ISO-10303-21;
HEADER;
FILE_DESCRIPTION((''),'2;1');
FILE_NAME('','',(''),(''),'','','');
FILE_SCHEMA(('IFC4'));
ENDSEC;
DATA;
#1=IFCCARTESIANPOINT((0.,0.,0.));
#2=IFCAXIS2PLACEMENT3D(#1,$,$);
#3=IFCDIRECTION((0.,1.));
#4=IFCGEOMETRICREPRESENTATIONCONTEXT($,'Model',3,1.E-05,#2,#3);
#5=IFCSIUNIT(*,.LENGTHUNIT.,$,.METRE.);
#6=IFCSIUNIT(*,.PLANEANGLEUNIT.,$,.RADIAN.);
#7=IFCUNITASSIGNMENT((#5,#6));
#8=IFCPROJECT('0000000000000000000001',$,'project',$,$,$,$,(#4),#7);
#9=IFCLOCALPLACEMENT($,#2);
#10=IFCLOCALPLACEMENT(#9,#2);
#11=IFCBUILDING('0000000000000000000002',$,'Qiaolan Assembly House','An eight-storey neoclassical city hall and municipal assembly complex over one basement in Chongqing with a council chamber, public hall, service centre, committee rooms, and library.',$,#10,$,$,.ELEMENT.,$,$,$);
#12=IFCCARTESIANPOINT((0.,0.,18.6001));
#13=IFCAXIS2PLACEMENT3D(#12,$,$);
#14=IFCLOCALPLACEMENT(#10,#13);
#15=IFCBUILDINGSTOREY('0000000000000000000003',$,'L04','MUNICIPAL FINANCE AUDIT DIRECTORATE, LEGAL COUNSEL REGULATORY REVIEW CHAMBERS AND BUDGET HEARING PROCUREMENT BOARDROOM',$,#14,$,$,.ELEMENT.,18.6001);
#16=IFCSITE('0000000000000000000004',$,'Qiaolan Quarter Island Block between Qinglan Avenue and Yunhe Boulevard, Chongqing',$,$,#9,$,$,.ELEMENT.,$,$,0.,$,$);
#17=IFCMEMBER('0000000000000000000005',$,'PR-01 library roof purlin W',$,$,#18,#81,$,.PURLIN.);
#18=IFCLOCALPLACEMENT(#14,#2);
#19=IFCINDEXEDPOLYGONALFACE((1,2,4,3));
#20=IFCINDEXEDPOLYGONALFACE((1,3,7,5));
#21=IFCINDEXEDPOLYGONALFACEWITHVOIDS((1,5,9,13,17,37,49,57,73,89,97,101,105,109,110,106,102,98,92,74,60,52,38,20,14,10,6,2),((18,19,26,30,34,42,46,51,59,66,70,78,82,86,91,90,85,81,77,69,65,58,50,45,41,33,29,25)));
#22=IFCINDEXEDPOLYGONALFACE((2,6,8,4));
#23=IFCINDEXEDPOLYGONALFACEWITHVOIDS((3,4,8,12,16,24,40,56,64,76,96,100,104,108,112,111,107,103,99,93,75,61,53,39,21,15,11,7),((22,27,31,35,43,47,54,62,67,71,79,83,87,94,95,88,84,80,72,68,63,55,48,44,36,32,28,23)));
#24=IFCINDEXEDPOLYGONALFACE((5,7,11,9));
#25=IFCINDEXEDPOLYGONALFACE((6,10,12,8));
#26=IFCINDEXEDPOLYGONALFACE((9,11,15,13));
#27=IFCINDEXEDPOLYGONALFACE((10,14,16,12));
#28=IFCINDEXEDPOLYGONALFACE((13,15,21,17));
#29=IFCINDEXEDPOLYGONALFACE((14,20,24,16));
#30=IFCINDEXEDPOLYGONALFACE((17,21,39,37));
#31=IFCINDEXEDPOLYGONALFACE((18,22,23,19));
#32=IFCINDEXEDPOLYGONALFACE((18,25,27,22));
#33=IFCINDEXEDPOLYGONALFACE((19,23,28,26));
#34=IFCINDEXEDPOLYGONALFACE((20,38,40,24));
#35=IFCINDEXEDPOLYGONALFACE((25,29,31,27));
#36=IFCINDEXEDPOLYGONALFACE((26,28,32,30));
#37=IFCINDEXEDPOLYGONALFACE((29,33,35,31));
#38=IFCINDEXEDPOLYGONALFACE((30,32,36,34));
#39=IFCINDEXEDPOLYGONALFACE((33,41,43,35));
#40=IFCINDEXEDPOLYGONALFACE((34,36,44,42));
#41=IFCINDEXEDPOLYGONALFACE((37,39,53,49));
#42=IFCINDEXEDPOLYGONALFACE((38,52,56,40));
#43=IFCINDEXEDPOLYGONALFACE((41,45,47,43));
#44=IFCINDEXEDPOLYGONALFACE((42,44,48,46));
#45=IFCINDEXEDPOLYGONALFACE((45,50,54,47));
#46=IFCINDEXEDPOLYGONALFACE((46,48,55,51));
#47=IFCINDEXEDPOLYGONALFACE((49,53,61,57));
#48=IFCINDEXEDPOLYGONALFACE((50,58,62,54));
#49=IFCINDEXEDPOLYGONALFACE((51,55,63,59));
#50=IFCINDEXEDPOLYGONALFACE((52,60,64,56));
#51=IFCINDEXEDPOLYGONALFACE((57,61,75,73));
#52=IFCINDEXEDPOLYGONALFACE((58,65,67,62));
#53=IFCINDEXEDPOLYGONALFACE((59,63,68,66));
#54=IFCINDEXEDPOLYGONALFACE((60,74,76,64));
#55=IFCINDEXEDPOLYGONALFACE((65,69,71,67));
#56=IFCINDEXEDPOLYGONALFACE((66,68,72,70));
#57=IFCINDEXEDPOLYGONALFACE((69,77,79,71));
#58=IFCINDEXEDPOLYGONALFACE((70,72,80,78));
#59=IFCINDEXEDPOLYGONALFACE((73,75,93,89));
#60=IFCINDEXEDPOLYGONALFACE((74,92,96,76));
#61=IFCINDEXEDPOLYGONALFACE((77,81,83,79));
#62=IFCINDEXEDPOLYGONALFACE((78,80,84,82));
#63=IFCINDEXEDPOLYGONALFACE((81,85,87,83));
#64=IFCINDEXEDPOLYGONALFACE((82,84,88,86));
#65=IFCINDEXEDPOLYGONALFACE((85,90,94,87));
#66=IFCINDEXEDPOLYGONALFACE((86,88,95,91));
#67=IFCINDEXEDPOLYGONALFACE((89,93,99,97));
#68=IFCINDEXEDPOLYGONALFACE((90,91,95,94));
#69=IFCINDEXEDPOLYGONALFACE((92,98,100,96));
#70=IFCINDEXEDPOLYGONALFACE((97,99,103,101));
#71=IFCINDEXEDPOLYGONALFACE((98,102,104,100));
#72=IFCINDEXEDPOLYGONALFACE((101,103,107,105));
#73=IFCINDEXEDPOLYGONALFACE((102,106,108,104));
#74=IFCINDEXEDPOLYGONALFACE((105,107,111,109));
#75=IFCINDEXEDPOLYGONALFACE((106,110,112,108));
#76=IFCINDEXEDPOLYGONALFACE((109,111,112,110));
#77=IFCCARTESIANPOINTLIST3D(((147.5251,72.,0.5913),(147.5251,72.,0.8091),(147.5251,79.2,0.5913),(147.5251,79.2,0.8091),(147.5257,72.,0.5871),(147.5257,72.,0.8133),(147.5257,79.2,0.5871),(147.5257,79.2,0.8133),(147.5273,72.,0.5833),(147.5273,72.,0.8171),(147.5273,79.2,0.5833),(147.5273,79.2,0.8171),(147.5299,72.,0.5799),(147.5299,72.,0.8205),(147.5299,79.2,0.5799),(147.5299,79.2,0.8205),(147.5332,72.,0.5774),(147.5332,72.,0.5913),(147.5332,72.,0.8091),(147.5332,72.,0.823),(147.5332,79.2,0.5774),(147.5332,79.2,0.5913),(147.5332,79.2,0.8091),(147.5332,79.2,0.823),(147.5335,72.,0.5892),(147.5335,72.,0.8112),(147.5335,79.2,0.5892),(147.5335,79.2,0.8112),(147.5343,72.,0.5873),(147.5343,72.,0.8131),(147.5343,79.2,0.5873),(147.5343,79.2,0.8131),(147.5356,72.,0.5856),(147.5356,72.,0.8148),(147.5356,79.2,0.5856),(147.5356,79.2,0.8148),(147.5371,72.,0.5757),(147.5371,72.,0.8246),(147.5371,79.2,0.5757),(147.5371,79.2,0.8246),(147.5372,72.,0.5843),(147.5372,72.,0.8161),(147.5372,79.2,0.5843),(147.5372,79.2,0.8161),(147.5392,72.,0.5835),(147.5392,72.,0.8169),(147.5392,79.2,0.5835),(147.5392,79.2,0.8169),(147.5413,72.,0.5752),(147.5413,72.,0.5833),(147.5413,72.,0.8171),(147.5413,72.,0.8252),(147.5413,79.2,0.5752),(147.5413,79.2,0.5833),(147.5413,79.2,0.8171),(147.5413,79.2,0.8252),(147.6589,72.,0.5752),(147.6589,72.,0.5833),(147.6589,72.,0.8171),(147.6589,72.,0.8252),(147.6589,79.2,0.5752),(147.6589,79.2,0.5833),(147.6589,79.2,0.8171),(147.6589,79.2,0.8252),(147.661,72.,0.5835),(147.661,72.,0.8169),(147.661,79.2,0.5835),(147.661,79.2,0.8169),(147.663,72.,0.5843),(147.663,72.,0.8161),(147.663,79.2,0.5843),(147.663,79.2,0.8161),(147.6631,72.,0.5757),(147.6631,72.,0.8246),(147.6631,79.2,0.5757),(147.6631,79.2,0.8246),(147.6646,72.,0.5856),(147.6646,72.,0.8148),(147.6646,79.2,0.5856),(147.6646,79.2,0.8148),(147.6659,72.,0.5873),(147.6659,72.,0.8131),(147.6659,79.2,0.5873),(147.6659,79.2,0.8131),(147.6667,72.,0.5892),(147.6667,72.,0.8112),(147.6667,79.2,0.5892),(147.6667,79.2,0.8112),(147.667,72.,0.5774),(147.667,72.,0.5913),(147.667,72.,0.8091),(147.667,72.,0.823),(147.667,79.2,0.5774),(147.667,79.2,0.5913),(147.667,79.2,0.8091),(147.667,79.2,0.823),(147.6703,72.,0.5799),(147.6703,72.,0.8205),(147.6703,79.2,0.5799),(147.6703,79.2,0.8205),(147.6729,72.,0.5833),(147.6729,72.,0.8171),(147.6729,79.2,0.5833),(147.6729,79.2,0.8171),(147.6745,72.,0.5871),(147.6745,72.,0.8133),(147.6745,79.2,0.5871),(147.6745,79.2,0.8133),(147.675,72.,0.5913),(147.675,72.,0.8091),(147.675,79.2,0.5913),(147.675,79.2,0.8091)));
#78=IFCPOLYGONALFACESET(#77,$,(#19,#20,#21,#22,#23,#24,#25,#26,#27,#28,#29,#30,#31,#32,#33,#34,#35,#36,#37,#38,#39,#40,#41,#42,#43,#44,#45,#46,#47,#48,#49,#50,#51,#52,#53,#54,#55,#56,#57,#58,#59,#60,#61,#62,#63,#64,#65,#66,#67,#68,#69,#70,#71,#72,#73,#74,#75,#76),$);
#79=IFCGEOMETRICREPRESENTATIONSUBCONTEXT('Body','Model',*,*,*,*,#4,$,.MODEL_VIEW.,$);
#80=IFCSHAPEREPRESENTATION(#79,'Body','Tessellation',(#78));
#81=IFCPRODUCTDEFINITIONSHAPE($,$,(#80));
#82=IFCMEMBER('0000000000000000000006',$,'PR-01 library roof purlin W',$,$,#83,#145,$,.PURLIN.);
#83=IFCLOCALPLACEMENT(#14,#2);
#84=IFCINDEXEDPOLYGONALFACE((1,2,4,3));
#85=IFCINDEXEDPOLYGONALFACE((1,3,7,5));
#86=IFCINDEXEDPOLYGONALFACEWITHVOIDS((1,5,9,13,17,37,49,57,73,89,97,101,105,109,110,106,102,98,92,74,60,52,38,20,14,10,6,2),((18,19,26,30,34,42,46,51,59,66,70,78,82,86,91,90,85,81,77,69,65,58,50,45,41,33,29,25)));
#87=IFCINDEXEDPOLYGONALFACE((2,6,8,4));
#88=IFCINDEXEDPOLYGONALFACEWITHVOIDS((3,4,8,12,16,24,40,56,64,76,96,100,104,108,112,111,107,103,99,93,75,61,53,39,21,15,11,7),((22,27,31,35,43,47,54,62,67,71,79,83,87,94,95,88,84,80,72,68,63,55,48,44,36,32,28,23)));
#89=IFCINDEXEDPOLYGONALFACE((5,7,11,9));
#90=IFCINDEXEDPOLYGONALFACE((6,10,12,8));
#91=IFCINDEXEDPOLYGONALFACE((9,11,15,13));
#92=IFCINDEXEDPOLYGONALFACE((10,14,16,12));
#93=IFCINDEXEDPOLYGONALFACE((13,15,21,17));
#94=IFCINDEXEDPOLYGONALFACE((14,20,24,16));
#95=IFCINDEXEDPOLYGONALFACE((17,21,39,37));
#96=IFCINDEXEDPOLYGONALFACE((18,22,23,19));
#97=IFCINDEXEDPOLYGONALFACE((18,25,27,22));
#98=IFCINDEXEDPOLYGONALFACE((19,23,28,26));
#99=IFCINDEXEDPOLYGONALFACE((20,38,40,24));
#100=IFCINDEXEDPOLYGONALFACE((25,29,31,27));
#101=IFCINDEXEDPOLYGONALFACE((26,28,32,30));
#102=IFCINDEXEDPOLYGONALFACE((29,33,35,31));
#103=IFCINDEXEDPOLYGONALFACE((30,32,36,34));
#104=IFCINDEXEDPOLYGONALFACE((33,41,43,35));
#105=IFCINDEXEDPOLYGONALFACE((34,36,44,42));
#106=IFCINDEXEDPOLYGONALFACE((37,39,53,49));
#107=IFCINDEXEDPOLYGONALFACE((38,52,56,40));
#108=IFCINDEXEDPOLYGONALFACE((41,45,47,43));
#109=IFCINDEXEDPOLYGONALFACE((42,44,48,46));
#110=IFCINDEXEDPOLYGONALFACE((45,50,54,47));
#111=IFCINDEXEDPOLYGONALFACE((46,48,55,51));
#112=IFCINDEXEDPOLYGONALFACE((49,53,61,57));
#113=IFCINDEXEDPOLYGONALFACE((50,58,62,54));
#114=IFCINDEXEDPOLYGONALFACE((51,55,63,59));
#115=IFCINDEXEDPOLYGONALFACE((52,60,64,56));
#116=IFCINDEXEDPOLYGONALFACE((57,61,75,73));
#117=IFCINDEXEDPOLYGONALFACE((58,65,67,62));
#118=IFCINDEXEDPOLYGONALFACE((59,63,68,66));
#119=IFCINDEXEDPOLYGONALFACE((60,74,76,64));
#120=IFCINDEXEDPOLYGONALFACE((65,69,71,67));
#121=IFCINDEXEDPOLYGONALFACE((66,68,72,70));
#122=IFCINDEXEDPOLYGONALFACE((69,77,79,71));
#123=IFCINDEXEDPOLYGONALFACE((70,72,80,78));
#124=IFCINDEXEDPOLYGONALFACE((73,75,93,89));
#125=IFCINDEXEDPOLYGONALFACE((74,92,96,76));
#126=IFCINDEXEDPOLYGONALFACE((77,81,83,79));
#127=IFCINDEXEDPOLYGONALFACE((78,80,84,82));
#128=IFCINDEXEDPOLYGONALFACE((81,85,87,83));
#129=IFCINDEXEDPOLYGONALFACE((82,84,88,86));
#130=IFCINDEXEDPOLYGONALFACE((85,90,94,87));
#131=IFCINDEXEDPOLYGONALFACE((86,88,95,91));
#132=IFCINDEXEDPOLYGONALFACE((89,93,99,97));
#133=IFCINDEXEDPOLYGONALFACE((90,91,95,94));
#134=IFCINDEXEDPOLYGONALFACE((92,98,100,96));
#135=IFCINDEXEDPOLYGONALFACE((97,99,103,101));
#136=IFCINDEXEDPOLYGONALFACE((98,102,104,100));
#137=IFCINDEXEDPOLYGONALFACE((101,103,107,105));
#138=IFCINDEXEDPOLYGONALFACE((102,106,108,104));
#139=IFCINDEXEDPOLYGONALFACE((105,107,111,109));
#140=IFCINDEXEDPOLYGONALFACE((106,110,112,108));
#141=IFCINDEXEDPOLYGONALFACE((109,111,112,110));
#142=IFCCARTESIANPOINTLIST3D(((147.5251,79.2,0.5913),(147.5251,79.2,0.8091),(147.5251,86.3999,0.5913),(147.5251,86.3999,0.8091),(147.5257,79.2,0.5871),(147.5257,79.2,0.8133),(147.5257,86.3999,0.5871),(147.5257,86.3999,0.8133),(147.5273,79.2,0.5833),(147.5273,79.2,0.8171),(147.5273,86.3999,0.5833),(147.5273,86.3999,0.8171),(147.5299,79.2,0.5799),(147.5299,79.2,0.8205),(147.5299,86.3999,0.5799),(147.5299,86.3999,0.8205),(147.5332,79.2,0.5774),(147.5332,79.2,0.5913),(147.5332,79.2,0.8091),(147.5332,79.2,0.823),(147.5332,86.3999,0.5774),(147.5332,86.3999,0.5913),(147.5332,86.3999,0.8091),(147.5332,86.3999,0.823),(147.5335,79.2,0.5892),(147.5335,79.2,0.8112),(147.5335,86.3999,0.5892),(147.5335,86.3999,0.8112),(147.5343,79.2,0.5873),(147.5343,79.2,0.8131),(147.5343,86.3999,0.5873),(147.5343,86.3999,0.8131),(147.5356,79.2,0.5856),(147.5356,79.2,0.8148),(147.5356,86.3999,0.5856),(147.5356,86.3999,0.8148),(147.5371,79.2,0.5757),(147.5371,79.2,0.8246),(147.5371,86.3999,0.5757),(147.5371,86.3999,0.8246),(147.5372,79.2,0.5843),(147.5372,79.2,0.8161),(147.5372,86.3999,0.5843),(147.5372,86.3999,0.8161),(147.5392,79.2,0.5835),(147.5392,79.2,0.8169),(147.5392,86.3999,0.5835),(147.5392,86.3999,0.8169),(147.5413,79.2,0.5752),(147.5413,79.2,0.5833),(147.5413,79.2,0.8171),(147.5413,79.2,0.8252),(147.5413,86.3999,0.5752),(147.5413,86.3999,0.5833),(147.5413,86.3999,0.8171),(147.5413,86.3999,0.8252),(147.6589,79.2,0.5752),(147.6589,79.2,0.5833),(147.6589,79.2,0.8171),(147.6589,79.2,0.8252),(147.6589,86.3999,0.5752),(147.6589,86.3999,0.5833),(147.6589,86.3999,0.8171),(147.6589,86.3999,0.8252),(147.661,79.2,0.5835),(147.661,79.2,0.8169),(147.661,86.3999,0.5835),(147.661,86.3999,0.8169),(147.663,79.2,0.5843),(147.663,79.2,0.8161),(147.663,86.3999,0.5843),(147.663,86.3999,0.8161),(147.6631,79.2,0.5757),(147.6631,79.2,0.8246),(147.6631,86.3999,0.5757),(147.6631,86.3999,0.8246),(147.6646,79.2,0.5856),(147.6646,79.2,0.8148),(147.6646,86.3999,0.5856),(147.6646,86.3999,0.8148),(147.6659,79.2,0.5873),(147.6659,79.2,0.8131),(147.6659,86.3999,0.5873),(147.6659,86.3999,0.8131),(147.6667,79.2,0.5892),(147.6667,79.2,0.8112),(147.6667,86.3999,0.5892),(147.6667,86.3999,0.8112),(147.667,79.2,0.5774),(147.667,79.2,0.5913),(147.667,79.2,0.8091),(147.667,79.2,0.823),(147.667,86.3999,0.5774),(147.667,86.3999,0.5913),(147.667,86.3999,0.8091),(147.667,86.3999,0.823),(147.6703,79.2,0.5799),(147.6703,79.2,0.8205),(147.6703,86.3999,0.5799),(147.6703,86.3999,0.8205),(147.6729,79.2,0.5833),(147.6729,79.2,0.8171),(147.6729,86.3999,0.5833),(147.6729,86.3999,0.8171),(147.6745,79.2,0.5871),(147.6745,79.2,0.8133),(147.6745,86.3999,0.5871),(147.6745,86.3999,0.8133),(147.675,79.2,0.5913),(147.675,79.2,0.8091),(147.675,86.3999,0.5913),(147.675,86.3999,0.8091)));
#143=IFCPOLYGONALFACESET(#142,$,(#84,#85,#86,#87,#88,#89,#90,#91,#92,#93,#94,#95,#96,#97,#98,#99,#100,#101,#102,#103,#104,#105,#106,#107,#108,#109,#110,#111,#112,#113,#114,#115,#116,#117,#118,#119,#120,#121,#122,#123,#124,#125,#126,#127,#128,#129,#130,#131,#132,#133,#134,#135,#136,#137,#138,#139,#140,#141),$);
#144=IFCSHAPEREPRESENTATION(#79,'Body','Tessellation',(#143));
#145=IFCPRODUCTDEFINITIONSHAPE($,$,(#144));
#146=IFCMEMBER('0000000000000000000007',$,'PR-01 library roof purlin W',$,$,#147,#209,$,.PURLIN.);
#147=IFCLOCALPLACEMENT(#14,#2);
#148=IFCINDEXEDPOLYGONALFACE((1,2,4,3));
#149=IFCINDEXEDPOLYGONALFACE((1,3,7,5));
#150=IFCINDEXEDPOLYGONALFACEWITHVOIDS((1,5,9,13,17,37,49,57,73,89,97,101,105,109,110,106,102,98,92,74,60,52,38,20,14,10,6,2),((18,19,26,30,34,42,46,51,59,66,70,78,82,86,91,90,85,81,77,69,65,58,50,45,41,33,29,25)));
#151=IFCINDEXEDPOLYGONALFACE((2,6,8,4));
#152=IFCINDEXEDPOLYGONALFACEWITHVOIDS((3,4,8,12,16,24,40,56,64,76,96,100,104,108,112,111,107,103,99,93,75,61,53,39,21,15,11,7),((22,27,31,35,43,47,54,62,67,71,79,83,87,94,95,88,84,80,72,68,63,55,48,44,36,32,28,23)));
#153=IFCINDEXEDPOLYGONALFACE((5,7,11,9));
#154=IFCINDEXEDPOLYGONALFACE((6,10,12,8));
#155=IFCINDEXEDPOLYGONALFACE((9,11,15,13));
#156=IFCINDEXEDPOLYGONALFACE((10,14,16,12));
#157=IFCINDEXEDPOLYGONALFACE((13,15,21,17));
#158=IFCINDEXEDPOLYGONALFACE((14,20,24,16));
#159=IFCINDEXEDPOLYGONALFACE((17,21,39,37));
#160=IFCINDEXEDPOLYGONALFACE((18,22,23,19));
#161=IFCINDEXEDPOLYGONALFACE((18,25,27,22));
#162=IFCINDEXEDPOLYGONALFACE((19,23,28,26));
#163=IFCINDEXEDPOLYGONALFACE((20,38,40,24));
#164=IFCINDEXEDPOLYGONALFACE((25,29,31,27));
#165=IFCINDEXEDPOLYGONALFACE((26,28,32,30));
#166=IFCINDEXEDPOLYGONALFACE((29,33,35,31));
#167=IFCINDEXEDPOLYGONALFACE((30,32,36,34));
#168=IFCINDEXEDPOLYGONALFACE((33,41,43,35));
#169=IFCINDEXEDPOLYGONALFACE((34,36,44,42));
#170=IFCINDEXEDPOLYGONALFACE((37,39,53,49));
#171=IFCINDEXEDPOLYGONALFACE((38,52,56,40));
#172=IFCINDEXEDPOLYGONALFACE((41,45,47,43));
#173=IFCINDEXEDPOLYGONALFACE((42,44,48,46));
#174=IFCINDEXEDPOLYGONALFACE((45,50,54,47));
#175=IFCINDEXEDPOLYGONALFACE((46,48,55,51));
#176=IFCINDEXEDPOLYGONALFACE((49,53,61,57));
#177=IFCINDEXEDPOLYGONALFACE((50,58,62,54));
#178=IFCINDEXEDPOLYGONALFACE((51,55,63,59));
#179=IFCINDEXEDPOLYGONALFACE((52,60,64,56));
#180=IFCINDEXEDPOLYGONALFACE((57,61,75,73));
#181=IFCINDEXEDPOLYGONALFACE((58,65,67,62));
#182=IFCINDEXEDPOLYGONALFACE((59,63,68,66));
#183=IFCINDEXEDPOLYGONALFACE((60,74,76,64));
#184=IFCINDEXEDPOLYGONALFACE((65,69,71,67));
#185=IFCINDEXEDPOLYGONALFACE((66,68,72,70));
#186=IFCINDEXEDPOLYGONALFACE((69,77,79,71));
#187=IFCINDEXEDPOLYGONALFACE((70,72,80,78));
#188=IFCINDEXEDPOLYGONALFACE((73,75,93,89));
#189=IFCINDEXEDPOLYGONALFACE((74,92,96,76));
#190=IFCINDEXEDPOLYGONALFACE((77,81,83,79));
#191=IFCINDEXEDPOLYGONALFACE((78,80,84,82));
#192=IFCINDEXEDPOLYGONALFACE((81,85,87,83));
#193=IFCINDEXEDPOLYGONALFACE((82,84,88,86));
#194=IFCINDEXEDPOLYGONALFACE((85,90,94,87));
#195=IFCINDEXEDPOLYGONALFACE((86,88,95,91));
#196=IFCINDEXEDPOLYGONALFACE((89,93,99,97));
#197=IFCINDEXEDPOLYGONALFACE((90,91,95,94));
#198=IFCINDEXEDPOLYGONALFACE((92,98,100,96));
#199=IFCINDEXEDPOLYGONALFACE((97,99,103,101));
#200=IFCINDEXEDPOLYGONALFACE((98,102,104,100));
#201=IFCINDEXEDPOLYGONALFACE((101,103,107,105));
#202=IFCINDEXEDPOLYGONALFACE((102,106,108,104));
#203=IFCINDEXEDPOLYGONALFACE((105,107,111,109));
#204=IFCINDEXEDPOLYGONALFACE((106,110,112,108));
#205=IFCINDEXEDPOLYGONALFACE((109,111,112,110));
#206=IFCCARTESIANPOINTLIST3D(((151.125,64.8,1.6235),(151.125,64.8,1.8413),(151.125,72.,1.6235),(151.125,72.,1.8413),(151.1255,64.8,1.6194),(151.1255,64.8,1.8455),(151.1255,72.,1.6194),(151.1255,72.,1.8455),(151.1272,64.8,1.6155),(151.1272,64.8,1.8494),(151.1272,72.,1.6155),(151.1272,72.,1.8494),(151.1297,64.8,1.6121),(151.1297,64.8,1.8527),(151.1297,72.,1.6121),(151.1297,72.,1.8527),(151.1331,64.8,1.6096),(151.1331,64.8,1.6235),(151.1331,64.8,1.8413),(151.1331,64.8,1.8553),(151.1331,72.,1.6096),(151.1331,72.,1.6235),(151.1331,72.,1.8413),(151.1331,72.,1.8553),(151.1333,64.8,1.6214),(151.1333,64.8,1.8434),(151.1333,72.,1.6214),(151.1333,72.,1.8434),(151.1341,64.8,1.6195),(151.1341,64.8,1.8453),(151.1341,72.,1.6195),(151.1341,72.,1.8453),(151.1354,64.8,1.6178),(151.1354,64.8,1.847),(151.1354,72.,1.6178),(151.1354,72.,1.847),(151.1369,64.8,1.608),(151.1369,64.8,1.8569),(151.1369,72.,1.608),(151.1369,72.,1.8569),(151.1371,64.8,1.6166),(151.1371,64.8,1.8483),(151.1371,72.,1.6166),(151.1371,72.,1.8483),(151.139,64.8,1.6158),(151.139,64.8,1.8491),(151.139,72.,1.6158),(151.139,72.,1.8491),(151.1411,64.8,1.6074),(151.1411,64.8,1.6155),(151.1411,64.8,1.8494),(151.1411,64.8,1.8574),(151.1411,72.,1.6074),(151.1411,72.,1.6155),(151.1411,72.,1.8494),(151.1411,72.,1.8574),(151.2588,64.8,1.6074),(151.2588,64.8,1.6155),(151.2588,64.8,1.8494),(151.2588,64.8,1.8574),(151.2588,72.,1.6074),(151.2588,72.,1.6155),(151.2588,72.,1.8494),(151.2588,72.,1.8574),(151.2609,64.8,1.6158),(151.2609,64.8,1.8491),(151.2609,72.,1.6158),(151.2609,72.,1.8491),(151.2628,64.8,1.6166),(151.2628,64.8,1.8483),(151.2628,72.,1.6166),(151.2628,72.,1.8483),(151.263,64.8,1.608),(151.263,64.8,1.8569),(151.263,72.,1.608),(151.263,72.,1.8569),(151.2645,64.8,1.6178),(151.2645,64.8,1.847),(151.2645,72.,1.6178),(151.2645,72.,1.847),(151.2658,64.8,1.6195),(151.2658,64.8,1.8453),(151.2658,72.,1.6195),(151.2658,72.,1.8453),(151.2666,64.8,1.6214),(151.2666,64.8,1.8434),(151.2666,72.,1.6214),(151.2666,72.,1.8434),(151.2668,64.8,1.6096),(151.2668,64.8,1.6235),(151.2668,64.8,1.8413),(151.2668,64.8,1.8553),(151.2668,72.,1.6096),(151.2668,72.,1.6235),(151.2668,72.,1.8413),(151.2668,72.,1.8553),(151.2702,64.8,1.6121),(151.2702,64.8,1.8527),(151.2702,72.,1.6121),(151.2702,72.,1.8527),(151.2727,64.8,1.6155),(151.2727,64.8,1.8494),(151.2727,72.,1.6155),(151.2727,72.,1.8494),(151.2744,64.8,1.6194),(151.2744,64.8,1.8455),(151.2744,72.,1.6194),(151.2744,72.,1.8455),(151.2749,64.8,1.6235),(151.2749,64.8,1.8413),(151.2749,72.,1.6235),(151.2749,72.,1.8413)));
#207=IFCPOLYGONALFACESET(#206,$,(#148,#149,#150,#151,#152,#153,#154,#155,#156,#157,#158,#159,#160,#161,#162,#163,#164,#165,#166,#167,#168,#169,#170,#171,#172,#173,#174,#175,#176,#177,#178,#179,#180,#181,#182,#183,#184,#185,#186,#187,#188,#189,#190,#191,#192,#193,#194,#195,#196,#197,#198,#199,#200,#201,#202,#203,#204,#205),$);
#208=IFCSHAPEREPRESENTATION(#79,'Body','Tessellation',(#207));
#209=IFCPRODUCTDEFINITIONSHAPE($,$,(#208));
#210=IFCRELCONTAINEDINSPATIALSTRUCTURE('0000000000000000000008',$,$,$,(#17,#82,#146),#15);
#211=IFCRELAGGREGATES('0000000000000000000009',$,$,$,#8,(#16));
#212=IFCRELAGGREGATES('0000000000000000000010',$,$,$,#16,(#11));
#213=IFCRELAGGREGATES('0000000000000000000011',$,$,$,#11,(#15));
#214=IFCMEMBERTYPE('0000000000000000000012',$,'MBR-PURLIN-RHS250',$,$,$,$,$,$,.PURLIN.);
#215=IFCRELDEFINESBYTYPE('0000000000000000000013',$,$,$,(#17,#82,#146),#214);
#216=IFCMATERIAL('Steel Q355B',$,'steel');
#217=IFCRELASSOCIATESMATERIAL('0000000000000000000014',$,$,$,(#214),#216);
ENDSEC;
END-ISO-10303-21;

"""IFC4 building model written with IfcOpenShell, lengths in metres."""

from ifc_helpers import new_model, si_unit, direction, frame, origin, origin_2d, place, context, subcontext, project, spatial, hollow_rectangle, extrude, material, material_profile, profile_set, type_object, element, save


model = new_model("IFC4")

# Units and contexts
model_context = context("Model", 3, precision=1e-05, world=origin(), true_north=direction((0.0, 1.0)))
body_context = subcontext(model_context, "Body", "Model", "MODEL_VIEW")
ifc_project = project(units=[si_unit("LENGTHUNIT", "METRE"), si_unit("PLANEANGLEUNIT", "RADIAN")], contexts=[model_context])

# Site, building, storey
site_placement = place(None, origin())
site = spatial("IfcSite", under=ifc_project, at=site_placement, Name="Qiaolan Quarter Island Block between Qinglan Avenue and Yunhe Boulevard, Chongqing", CompositionType="ELEMENT", RefElevation=0.0)
building_placement = place(site_placement, origin())
building = spatial("IfcBuilding", under=site, at=building_placement, Name="Qiaolan Assembly House", Description="An eight-storey neoclassical city hall and municipal assembly complex over one basement in Chongqing with a council chamber, public hall, service centre, committee rooms, and library.", CompositionType="ELEMENT")
storey_placement = place(building_placement, frame((0.0, 0.0, 18.6001)))
storey = spatial("IfcBuildingStorey", under=building, at=storey_placement, Name="L04", Description="MUNICIPAL FINANCE AUDIT DIRECTORATE, LEGAL COUNSEL REGULATORY REVIEW CHAMBERS AND BUDGET HEARING PROCUREMENT BOARDROOM", CompositionType="ELEMENT", Elevation=18.6001)

# Shared definitions
ifc_material = material(Name="Steel Q355B", Category="steel")

# Members
ifc_material_profile_1 = material_profile(ifc_material, hollow_rectangle(XDim=0.1499, YDim=0.25, WallThickness=0.0081, InnerFilletRadius=0.0081, OuterFilletRadius=0.0161, at=origin_2d()), Name="RHS 250x150x8")
ifc_profile_set_1 = profile_set([ifc_material_profile_1], Name="Steel Q355B")
member_type_1 = type_object("IfcMemberType", Name="MBR-PURLIN-RHS250", PredefinedType="PURLIN", material=ifc_profile_set_1)
for number, where, z_axis, x_axis, name in (
    (1, (147.6001, 72.0, 0.7002), (0.0, 1.0, 0.0), (-1.0, 0.0, 0.0), "PR-01 library roof purlin W"),
    (2, (147.6001, 79.2, 0.7002), (0.0, 1.0, 0.0), (-1.0, 0.0, 0.0), "PR-01 library roof purlin W"),
    (3, (151.2, 64.8, 1.7324), (0.0, 1.0, 0.0), (-1.0, 0.0, 0.0), "PR-01 library roof purlin W"),
):
    element("IfcMember", number, at=place(storey_placement, frame(where, z_axis=z_axis, x_axis=x_axis)), inside=storey, type_object=member_type_1, Name=name, PredefinedType="PURLIN", context=body_context, shape_type="SweptSolid", body=[
        extrude(hollow_rectangle(XDim=0.1499, YDim=0.25, WallThickness=0.0081, InnerFilletRadius=0.0081, OuterFilletRadius=0.0161, at=origin_2d()), origin(), (0.0, 0.0, 1.0), 7.2),
    ])

save(model, "model.ifc")
